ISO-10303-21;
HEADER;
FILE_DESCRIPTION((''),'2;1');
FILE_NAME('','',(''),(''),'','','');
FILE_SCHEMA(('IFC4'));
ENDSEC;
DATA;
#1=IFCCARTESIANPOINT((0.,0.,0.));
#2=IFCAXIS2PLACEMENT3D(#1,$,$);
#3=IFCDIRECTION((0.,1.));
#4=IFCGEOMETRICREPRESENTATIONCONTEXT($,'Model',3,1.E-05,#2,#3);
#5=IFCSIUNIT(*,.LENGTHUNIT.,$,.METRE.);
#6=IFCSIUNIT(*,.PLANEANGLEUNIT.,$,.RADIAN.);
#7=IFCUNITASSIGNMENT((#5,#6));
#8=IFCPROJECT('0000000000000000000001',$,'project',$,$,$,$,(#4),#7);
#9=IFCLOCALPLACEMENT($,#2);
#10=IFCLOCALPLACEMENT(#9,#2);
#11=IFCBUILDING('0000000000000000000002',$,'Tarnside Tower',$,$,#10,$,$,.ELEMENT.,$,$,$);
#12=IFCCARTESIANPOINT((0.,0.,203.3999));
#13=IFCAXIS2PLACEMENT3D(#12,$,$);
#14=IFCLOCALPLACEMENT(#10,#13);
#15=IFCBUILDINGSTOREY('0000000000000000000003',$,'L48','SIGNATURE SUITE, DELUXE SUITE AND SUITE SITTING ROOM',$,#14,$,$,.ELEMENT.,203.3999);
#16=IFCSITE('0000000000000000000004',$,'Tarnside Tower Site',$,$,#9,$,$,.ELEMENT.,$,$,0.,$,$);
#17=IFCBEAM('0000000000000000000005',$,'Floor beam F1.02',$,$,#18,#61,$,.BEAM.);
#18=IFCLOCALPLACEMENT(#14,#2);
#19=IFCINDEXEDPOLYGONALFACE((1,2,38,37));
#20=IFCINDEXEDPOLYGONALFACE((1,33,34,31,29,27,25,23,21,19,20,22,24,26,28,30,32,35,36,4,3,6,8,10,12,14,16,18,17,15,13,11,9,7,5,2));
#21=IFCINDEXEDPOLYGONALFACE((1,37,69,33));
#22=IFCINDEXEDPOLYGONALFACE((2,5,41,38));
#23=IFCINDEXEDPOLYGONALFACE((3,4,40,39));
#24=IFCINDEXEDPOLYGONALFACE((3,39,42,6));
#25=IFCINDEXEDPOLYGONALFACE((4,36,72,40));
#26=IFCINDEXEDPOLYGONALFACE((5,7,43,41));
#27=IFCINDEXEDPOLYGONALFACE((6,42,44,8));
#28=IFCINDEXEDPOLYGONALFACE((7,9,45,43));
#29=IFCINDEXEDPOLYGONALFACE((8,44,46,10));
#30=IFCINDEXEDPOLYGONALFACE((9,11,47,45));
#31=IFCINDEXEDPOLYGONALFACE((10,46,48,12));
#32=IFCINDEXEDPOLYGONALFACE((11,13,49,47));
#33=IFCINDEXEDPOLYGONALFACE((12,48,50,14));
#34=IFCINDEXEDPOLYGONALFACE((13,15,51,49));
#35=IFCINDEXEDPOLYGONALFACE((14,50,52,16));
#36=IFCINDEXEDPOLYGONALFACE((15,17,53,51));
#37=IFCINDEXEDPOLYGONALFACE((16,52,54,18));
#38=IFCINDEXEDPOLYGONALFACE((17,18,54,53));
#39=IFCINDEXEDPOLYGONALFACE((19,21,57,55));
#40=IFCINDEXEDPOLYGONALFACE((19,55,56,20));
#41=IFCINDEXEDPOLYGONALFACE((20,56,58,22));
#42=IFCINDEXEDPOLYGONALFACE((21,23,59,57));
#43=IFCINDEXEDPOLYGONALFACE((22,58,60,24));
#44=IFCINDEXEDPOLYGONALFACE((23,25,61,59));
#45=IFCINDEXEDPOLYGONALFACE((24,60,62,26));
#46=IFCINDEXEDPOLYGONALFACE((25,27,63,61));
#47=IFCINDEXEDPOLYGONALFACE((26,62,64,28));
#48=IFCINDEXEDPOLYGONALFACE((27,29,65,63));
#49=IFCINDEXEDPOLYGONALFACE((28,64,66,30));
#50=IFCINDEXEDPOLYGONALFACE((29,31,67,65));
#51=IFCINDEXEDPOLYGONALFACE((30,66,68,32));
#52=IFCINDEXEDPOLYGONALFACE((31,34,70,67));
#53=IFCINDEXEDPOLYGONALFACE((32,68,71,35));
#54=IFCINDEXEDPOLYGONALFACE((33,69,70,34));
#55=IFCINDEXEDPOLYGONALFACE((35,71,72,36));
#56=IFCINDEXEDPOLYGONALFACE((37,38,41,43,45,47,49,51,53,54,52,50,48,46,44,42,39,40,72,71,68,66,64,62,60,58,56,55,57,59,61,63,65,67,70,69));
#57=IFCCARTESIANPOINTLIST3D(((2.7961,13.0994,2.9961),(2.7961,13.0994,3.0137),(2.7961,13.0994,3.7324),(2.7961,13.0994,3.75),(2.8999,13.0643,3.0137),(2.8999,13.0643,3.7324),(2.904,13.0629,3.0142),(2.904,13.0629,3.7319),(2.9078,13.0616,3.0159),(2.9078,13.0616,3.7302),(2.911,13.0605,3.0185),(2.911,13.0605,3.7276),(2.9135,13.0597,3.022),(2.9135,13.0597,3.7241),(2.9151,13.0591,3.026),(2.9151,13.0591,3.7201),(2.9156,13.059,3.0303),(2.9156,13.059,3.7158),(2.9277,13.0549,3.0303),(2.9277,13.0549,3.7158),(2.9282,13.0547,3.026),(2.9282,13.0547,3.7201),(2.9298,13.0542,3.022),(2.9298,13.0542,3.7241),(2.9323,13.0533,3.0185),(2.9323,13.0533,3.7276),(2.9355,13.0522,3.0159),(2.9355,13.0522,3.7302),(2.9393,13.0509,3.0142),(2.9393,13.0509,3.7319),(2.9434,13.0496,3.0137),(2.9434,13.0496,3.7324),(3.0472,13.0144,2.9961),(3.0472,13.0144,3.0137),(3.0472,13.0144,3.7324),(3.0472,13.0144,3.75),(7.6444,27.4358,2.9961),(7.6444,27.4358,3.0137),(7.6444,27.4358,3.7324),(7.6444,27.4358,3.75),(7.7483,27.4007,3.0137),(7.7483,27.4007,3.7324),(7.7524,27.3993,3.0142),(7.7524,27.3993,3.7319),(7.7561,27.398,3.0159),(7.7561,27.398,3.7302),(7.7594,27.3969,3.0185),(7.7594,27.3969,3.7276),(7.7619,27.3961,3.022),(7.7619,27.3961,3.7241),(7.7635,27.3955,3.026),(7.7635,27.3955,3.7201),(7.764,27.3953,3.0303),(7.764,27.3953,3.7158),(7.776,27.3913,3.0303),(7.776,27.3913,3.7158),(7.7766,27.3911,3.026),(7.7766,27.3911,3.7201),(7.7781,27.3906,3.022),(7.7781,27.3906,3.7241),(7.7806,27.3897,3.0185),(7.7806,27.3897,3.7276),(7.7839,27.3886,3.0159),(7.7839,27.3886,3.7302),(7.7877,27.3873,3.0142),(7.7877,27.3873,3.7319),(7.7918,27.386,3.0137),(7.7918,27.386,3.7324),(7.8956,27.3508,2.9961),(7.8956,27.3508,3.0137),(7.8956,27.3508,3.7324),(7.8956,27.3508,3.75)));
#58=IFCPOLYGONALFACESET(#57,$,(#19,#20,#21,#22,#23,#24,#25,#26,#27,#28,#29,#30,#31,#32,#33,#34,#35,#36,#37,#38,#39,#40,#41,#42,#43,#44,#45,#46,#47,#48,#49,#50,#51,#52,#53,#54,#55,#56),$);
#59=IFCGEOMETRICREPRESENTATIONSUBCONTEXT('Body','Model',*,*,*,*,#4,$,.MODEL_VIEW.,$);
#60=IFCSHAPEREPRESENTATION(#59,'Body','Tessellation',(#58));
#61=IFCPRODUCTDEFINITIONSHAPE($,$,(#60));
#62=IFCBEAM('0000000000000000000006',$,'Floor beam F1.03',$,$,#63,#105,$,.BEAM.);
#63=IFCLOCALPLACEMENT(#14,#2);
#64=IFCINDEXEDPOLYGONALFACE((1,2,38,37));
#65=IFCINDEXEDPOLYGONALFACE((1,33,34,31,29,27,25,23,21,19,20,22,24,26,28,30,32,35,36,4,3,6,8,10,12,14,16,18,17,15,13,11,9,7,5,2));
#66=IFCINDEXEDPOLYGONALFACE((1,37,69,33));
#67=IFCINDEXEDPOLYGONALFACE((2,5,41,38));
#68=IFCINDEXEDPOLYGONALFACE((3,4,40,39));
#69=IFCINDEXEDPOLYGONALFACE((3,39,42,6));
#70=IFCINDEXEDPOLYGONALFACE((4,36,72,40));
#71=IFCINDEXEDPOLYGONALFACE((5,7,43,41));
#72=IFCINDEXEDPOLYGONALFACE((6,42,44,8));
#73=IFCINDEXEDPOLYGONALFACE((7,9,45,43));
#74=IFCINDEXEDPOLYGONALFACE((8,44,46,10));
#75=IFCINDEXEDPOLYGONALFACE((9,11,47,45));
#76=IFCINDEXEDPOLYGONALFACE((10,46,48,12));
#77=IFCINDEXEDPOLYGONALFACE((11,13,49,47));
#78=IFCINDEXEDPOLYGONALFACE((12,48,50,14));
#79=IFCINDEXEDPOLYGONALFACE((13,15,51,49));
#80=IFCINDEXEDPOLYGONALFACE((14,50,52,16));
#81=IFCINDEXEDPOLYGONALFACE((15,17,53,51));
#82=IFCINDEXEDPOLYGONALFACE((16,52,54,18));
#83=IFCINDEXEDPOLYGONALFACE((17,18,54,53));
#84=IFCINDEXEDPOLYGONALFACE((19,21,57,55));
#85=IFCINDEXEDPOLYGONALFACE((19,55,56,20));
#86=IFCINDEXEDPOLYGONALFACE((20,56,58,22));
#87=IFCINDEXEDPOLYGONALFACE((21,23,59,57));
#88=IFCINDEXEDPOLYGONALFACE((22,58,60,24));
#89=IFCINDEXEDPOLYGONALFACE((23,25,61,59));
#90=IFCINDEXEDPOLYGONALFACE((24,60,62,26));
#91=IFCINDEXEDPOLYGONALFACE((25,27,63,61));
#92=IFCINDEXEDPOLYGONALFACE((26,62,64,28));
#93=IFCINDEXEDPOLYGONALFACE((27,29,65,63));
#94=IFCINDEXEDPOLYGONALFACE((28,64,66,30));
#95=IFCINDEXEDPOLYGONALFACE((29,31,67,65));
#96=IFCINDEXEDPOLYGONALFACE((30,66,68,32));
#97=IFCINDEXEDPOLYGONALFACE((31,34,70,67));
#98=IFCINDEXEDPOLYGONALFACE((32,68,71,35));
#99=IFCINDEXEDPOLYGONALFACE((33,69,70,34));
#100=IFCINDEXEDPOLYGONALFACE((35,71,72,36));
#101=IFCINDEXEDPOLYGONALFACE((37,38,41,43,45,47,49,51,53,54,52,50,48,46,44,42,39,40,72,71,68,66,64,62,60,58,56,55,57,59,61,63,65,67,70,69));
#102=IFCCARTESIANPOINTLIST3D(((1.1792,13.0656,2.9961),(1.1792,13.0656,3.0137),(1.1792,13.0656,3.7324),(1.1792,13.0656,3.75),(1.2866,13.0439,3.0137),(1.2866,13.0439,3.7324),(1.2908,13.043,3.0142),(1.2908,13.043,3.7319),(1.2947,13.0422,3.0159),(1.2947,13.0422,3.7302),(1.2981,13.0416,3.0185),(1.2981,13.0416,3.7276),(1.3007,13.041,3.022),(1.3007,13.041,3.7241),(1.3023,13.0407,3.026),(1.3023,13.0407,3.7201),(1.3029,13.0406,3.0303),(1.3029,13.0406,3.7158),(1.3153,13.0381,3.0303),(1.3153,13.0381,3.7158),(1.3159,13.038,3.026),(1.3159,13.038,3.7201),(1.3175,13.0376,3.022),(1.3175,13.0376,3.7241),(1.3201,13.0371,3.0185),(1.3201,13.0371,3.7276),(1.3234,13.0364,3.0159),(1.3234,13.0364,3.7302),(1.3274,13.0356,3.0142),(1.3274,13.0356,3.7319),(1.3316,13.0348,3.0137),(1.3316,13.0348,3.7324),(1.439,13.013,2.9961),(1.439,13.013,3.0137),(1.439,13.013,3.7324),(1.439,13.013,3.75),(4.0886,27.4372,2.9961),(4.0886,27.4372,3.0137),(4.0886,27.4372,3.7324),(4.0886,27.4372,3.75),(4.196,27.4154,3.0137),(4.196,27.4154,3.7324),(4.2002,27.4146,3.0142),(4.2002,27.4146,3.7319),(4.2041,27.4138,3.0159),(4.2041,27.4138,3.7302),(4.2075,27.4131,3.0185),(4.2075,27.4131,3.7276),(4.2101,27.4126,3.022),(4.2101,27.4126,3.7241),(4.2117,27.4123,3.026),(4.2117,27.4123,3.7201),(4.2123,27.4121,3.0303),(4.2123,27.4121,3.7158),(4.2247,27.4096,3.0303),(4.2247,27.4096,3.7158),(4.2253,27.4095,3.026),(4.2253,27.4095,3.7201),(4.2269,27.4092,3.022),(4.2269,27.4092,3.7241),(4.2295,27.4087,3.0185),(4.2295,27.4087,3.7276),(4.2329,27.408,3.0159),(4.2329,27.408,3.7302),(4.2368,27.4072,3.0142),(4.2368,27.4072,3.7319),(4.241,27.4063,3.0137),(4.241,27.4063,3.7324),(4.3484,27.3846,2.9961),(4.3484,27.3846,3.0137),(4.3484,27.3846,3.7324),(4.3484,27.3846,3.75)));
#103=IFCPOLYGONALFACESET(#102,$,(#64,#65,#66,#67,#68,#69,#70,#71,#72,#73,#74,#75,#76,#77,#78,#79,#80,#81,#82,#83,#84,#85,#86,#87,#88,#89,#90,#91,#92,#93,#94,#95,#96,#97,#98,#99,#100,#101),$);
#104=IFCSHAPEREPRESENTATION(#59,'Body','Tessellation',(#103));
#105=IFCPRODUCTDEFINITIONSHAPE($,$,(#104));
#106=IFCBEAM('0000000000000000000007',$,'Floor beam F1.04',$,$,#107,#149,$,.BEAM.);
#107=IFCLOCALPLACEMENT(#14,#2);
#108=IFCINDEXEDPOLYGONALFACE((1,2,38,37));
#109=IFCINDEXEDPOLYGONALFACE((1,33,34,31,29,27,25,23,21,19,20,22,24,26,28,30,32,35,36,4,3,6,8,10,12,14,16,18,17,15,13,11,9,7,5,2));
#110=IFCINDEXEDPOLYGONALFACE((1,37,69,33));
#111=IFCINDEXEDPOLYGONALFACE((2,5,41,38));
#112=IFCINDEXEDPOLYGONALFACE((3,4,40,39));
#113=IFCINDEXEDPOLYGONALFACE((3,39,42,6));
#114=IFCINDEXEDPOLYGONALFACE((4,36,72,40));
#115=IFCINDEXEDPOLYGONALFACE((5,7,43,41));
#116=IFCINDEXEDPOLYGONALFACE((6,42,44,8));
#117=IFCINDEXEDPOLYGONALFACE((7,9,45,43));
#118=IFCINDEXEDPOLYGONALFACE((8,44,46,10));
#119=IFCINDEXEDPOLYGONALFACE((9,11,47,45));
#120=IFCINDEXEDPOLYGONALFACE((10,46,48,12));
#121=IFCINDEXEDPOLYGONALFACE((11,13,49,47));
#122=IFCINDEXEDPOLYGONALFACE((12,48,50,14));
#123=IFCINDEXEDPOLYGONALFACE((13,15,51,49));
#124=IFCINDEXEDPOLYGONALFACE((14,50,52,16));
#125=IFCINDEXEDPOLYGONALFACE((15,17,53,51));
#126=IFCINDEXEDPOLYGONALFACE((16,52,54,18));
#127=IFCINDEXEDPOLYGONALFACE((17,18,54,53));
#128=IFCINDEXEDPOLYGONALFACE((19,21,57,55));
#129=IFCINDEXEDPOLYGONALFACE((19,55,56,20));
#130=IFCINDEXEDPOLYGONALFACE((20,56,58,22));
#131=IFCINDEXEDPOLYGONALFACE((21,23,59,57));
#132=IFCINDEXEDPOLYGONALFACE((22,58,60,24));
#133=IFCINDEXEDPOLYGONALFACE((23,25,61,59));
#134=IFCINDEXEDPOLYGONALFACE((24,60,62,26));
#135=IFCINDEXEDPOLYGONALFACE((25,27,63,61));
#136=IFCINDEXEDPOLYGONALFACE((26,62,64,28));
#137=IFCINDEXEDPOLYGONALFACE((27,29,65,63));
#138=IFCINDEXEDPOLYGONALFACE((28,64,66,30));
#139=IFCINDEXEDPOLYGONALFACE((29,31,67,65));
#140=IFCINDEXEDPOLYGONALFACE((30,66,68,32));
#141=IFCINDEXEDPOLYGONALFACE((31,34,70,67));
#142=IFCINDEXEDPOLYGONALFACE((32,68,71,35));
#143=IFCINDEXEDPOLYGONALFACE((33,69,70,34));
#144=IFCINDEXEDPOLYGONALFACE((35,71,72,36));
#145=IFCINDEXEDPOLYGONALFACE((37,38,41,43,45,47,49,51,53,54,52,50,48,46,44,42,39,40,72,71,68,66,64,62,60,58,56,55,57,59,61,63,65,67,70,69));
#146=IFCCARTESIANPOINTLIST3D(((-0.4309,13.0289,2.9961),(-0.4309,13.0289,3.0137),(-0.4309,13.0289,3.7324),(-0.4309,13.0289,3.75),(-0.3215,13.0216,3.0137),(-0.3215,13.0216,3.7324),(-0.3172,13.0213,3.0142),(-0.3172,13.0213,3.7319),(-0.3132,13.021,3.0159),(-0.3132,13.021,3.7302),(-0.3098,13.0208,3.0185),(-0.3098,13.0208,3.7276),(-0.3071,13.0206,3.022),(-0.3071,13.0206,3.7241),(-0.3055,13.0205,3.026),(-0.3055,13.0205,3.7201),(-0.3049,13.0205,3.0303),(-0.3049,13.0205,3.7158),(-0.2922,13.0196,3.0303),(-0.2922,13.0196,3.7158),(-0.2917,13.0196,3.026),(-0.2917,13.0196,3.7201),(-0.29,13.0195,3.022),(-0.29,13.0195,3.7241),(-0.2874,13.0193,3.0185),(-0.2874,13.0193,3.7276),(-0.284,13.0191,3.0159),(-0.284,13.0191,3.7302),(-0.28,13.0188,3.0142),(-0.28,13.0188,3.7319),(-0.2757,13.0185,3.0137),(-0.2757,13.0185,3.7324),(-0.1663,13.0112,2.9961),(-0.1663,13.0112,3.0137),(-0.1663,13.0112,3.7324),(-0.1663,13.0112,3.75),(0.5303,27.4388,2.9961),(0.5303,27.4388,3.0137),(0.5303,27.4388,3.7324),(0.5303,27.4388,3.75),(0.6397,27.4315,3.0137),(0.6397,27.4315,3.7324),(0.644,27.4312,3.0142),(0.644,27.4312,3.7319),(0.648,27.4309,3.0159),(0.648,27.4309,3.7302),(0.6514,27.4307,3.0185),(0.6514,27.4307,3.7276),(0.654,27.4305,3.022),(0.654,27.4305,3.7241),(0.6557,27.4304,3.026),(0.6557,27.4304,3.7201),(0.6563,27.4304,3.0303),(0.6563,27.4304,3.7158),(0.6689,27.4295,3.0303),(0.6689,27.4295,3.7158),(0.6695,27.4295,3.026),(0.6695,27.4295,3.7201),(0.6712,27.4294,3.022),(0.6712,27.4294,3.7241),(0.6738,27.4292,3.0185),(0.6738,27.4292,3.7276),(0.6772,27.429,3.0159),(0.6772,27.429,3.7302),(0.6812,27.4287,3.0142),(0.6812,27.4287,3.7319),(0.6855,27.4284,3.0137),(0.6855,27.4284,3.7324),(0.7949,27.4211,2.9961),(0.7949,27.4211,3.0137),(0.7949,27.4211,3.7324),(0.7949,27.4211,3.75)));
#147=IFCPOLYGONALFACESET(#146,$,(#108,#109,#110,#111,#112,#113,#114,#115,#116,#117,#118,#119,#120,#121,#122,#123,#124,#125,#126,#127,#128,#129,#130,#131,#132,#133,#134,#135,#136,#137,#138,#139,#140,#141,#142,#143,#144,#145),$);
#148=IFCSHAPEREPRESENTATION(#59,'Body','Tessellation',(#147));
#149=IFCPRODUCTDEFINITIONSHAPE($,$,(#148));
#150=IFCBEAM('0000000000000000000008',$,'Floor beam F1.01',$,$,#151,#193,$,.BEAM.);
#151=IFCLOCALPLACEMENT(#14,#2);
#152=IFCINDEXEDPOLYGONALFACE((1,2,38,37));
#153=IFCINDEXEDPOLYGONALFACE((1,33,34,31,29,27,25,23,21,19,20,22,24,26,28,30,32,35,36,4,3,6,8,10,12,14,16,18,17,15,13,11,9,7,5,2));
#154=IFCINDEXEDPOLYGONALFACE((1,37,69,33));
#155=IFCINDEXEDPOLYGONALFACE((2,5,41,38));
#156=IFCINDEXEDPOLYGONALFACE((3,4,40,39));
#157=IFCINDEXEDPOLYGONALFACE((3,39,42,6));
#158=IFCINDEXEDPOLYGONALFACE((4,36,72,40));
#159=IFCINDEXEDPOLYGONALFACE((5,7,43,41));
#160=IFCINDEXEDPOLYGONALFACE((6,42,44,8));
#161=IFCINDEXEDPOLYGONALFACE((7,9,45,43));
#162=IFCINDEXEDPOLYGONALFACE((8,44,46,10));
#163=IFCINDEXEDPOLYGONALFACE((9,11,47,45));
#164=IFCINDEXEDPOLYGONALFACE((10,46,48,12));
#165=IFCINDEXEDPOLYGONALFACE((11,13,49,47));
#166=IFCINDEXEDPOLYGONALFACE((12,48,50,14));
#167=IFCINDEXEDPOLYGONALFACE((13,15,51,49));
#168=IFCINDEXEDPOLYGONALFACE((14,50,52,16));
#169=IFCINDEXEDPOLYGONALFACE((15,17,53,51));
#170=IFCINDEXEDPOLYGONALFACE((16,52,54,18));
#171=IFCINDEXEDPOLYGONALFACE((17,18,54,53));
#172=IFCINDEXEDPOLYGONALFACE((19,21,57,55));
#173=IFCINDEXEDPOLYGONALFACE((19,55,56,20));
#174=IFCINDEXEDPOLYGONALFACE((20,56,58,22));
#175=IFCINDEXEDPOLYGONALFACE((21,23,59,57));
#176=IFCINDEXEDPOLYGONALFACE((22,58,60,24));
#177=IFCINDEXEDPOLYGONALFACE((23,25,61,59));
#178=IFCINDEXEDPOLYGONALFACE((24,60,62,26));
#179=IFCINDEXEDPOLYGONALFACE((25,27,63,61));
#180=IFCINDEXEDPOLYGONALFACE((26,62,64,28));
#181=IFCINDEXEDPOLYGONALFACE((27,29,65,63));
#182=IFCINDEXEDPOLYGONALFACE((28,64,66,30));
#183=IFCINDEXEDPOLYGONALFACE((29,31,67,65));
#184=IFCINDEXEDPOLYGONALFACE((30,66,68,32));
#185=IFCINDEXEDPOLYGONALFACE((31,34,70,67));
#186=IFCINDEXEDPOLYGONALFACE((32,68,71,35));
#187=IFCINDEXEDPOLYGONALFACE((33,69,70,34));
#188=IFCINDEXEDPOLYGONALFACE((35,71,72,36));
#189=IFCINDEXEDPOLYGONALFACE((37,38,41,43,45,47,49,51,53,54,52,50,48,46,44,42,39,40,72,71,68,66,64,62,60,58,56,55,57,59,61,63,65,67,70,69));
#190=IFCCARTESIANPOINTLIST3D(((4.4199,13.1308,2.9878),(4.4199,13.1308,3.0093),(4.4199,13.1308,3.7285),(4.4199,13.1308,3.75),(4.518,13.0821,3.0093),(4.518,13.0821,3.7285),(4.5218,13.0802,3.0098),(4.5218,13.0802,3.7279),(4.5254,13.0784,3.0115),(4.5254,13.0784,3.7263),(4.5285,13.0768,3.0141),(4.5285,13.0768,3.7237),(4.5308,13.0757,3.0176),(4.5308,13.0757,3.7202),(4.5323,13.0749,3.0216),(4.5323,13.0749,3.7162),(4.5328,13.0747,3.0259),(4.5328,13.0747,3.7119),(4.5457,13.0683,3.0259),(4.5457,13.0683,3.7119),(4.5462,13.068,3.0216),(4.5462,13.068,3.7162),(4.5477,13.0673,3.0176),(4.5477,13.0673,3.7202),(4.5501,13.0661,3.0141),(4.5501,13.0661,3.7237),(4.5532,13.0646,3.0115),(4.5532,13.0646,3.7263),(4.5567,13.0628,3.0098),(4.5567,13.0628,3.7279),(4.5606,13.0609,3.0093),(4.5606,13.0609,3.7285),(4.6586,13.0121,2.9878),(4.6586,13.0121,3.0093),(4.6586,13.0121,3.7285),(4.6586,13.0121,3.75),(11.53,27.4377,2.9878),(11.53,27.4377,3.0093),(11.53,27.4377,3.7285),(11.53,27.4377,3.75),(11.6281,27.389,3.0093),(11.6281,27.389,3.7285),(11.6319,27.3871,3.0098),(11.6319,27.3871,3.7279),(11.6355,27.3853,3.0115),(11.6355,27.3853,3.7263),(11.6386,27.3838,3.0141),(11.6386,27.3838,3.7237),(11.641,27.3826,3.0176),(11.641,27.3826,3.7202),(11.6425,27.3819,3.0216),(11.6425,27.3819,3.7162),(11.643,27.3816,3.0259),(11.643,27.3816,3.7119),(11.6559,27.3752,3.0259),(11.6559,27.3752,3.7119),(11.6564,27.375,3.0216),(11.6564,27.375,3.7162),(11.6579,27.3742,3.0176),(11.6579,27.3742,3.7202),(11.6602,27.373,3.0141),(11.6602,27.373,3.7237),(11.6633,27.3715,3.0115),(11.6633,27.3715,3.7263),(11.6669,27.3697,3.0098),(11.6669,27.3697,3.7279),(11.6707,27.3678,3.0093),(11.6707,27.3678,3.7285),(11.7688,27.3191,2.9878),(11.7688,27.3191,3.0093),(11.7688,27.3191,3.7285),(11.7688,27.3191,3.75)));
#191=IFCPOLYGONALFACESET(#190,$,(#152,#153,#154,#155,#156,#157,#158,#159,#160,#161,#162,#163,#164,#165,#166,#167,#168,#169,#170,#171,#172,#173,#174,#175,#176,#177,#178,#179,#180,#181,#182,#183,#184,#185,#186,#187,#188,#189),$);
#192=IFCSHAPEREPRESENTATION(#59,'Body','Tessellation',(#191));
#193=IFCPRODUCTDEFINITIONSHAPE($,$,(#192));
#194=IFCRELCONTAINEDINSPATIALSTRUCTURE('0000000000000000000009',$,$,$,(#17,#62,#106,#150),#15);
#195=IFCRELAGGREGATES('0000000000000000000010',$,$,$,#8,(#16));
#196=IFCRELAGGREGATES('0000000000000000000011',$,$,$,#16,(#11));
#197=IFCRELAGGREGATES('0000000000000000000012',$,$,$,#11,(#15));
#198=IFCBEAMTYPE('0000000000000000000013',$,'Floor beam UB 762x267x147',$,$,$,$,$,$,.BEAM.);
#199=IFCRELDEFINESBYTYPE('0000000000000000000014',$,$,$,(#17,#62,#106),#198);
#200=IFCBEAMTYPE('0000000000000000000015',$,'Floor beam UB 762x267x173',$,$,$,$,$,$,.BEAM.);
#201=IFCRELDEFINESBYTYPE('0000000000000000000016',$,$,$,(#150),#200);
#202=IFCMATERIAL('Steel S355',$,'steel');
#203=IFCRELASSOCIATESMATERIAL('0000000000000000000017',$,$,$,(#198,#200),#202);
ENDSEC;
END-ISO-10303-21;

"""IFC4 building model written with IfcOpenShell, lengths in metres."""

from ifc_helpers import new_model, si_unit, direction, frame, origin, origin_2d, place, context, subcontext, project, spatial, i_section, extrude, material, material_profile, profile_set, type_object, element, save


model = new_model("IFC4")

# Units and contexts
model_context = context("Model", 3, precision=1e-05, world=origin(), true_north=direction((0.0, 1.0)))
body_context = subcontext(model_context, "Body", "Model", "MODEL_VIEW")
ifc_project = project(units=[si_unit("LENGTHUNIT", "METRE"), si_unit("PLANEANGLEUNIT", "RADIAN")], contexts=[model_context])

# Site, building, storey
site_placement = place(None, origin())
site = spatial("IfcSite", under=ifc_project, at=site_placement, Name="Tarnside Tower Site", CompositionType="ELEMENT", RefElevation=0.0)
building_placement = place(site_placement, origin())
building = spatial("IfcBuilding", under=site, at=building_placement, Name="Tarnside Tower", CompositionType="ELEMENT")
storey_placement = place(building_placement, frame((0.0, 0.0, 203.3999)))
storey = spatial("IfcBuildingStorey", under=building, at=storey_placement, Name="L48", Description="SIGNATURE SUITE, DELUXE SUITE AND SUITE SITTING ROOM", CompositionType="ELEMENT", Elevation=203.3999)

# Beams
ifc_material_1 = material(Name="Steel S355", Category="steel")
ifc_material_profile_1 = material_profile(ifc_material_1, i_section(OverallWidth=0.2651, OverallDepth=0.7539, WebThickness=0.0127, FlangeThickness=0.0176, FilletRadius=0.0166, at=origin_2d()), Name="UB 762x267x147")
ifc_profile_set_1 = profile_set([ifc_material_profile_1], Name="Steel S355")
beam_type_1 = type_object("IfcBeamType", Name="Floor beam UB 762x267x147", PredefinedType="BEAM", material=ifc_profile_set_1)
beam_1_placement = place(storey_placement, frame((7.77, 27.3933, 3.373), z_axis=(-0.320363, -0.947295, 0.0), x_axis=(0.947295, -0.320363, 0.0)))
element("IfcBeam", 1, at=beam_1_placement, inside=storey, type_object=beam_type_1, Name="Floor beam F1.02", PredefinedType="BEAM", context=body_context, shape_type="SweptSolid", body=[
    extrude(i_section(OverallWidth=0.2651, OverallDepth=0.7539, WebThickness=0.0127, FlangeThickness=0.0176, FilletRadius=0.0166, at=origin_2d()), origin(), (0.0, 0.0, 1.0), 15.134),
])
beam_2_placement = place(storey_placement, frame((4.2185, 27.4109, 3.373), z_axis=(-0.198418, -0.980118, 0.0), x_axis=(0.980118, -0.198418, 0.0)))
element("IfcBeam", 2, at=beam_2_placement, inside=storey, type_object=beam_type_1, Name="Floor beam F1.03", PredefinedType="BEAM", context=body_context, shape_type="SweptSolid", body=[
    extrude(i_section(OverallWidth=0.2651, OverallDepth=0.7539, WebThickness=0.0127, FlangeThickness=0.0176, FilletRadius=0.0166, at=origin_2d()), origin(), (0.0, 0.0, 1.0), 14.6631),
])
beam_3_placement = place(storey_placement, frame((0.6626, 27.4299, 3.373), z_axis=(-0.066555, -0.997783, 0.0), x_axis=(0.997783, -0.066555, 0.0)))
element("IfcBeam", 3, at=beam_3_placement, inside=storey, type_object=beam_type_1, Name="Floor beam F1.04", PredefinedType="BEAM", context=body_context, shape_type="SweptSolid", body=[
    extrude(i_section(OverallWidth=0.2651, OverallDepth=0.7539, WebThickness=0.0127, FlangeThickness=0.0176, FilletRadius=0.0166, at=origin_2d()), origin(), (0.0, 0.0, 1.0), 14.4419),
])
ifc_material_profile_2 = material_profile(ifc_material_1, i_section(OverallWidth=0.2666, OverallDepth=0.7622, WebThickness=0.0144, FlangeThickness=0.0215, FilletRadius=0.0166, at=origin_2d()), Name="UB 762x267x173")
ifc_profile_set_2 = profile_set([ifc_material_profile_2], Name="Steel S355")
beam_type_2 = type_object("IfcBeamType", Name="Floor beam UB 762x267x173", PredefinedType="BEAM", material=ifc_profile_set_2)
beam_4_placement = place(storey_placement, frame((11.6494, 27.3784, 3.3689), z_axis=(-0.445042, -0.89551, 0.0), x_axis=(0.89551, -0.445042, 0.0)))
element("IfcBeam", 4, at=beam_4_placement, inside=storey, type_object=beam_type_2, Name="Floor beam F1.01", PredefinedType="BEAM", context=body_context, shape_type="SweptSolid", body=[
    extrude(i_section(OverallWidth=0.2666, OverallDepth=0.7622, WebThickness=0.0144, FlangeThickness=0.0215, FilletRadius=0.0166, at=origin_2d()), origin(), (0.0, 0.0, 1.0), 15.9763),
])

save(model, "model.ifc")
